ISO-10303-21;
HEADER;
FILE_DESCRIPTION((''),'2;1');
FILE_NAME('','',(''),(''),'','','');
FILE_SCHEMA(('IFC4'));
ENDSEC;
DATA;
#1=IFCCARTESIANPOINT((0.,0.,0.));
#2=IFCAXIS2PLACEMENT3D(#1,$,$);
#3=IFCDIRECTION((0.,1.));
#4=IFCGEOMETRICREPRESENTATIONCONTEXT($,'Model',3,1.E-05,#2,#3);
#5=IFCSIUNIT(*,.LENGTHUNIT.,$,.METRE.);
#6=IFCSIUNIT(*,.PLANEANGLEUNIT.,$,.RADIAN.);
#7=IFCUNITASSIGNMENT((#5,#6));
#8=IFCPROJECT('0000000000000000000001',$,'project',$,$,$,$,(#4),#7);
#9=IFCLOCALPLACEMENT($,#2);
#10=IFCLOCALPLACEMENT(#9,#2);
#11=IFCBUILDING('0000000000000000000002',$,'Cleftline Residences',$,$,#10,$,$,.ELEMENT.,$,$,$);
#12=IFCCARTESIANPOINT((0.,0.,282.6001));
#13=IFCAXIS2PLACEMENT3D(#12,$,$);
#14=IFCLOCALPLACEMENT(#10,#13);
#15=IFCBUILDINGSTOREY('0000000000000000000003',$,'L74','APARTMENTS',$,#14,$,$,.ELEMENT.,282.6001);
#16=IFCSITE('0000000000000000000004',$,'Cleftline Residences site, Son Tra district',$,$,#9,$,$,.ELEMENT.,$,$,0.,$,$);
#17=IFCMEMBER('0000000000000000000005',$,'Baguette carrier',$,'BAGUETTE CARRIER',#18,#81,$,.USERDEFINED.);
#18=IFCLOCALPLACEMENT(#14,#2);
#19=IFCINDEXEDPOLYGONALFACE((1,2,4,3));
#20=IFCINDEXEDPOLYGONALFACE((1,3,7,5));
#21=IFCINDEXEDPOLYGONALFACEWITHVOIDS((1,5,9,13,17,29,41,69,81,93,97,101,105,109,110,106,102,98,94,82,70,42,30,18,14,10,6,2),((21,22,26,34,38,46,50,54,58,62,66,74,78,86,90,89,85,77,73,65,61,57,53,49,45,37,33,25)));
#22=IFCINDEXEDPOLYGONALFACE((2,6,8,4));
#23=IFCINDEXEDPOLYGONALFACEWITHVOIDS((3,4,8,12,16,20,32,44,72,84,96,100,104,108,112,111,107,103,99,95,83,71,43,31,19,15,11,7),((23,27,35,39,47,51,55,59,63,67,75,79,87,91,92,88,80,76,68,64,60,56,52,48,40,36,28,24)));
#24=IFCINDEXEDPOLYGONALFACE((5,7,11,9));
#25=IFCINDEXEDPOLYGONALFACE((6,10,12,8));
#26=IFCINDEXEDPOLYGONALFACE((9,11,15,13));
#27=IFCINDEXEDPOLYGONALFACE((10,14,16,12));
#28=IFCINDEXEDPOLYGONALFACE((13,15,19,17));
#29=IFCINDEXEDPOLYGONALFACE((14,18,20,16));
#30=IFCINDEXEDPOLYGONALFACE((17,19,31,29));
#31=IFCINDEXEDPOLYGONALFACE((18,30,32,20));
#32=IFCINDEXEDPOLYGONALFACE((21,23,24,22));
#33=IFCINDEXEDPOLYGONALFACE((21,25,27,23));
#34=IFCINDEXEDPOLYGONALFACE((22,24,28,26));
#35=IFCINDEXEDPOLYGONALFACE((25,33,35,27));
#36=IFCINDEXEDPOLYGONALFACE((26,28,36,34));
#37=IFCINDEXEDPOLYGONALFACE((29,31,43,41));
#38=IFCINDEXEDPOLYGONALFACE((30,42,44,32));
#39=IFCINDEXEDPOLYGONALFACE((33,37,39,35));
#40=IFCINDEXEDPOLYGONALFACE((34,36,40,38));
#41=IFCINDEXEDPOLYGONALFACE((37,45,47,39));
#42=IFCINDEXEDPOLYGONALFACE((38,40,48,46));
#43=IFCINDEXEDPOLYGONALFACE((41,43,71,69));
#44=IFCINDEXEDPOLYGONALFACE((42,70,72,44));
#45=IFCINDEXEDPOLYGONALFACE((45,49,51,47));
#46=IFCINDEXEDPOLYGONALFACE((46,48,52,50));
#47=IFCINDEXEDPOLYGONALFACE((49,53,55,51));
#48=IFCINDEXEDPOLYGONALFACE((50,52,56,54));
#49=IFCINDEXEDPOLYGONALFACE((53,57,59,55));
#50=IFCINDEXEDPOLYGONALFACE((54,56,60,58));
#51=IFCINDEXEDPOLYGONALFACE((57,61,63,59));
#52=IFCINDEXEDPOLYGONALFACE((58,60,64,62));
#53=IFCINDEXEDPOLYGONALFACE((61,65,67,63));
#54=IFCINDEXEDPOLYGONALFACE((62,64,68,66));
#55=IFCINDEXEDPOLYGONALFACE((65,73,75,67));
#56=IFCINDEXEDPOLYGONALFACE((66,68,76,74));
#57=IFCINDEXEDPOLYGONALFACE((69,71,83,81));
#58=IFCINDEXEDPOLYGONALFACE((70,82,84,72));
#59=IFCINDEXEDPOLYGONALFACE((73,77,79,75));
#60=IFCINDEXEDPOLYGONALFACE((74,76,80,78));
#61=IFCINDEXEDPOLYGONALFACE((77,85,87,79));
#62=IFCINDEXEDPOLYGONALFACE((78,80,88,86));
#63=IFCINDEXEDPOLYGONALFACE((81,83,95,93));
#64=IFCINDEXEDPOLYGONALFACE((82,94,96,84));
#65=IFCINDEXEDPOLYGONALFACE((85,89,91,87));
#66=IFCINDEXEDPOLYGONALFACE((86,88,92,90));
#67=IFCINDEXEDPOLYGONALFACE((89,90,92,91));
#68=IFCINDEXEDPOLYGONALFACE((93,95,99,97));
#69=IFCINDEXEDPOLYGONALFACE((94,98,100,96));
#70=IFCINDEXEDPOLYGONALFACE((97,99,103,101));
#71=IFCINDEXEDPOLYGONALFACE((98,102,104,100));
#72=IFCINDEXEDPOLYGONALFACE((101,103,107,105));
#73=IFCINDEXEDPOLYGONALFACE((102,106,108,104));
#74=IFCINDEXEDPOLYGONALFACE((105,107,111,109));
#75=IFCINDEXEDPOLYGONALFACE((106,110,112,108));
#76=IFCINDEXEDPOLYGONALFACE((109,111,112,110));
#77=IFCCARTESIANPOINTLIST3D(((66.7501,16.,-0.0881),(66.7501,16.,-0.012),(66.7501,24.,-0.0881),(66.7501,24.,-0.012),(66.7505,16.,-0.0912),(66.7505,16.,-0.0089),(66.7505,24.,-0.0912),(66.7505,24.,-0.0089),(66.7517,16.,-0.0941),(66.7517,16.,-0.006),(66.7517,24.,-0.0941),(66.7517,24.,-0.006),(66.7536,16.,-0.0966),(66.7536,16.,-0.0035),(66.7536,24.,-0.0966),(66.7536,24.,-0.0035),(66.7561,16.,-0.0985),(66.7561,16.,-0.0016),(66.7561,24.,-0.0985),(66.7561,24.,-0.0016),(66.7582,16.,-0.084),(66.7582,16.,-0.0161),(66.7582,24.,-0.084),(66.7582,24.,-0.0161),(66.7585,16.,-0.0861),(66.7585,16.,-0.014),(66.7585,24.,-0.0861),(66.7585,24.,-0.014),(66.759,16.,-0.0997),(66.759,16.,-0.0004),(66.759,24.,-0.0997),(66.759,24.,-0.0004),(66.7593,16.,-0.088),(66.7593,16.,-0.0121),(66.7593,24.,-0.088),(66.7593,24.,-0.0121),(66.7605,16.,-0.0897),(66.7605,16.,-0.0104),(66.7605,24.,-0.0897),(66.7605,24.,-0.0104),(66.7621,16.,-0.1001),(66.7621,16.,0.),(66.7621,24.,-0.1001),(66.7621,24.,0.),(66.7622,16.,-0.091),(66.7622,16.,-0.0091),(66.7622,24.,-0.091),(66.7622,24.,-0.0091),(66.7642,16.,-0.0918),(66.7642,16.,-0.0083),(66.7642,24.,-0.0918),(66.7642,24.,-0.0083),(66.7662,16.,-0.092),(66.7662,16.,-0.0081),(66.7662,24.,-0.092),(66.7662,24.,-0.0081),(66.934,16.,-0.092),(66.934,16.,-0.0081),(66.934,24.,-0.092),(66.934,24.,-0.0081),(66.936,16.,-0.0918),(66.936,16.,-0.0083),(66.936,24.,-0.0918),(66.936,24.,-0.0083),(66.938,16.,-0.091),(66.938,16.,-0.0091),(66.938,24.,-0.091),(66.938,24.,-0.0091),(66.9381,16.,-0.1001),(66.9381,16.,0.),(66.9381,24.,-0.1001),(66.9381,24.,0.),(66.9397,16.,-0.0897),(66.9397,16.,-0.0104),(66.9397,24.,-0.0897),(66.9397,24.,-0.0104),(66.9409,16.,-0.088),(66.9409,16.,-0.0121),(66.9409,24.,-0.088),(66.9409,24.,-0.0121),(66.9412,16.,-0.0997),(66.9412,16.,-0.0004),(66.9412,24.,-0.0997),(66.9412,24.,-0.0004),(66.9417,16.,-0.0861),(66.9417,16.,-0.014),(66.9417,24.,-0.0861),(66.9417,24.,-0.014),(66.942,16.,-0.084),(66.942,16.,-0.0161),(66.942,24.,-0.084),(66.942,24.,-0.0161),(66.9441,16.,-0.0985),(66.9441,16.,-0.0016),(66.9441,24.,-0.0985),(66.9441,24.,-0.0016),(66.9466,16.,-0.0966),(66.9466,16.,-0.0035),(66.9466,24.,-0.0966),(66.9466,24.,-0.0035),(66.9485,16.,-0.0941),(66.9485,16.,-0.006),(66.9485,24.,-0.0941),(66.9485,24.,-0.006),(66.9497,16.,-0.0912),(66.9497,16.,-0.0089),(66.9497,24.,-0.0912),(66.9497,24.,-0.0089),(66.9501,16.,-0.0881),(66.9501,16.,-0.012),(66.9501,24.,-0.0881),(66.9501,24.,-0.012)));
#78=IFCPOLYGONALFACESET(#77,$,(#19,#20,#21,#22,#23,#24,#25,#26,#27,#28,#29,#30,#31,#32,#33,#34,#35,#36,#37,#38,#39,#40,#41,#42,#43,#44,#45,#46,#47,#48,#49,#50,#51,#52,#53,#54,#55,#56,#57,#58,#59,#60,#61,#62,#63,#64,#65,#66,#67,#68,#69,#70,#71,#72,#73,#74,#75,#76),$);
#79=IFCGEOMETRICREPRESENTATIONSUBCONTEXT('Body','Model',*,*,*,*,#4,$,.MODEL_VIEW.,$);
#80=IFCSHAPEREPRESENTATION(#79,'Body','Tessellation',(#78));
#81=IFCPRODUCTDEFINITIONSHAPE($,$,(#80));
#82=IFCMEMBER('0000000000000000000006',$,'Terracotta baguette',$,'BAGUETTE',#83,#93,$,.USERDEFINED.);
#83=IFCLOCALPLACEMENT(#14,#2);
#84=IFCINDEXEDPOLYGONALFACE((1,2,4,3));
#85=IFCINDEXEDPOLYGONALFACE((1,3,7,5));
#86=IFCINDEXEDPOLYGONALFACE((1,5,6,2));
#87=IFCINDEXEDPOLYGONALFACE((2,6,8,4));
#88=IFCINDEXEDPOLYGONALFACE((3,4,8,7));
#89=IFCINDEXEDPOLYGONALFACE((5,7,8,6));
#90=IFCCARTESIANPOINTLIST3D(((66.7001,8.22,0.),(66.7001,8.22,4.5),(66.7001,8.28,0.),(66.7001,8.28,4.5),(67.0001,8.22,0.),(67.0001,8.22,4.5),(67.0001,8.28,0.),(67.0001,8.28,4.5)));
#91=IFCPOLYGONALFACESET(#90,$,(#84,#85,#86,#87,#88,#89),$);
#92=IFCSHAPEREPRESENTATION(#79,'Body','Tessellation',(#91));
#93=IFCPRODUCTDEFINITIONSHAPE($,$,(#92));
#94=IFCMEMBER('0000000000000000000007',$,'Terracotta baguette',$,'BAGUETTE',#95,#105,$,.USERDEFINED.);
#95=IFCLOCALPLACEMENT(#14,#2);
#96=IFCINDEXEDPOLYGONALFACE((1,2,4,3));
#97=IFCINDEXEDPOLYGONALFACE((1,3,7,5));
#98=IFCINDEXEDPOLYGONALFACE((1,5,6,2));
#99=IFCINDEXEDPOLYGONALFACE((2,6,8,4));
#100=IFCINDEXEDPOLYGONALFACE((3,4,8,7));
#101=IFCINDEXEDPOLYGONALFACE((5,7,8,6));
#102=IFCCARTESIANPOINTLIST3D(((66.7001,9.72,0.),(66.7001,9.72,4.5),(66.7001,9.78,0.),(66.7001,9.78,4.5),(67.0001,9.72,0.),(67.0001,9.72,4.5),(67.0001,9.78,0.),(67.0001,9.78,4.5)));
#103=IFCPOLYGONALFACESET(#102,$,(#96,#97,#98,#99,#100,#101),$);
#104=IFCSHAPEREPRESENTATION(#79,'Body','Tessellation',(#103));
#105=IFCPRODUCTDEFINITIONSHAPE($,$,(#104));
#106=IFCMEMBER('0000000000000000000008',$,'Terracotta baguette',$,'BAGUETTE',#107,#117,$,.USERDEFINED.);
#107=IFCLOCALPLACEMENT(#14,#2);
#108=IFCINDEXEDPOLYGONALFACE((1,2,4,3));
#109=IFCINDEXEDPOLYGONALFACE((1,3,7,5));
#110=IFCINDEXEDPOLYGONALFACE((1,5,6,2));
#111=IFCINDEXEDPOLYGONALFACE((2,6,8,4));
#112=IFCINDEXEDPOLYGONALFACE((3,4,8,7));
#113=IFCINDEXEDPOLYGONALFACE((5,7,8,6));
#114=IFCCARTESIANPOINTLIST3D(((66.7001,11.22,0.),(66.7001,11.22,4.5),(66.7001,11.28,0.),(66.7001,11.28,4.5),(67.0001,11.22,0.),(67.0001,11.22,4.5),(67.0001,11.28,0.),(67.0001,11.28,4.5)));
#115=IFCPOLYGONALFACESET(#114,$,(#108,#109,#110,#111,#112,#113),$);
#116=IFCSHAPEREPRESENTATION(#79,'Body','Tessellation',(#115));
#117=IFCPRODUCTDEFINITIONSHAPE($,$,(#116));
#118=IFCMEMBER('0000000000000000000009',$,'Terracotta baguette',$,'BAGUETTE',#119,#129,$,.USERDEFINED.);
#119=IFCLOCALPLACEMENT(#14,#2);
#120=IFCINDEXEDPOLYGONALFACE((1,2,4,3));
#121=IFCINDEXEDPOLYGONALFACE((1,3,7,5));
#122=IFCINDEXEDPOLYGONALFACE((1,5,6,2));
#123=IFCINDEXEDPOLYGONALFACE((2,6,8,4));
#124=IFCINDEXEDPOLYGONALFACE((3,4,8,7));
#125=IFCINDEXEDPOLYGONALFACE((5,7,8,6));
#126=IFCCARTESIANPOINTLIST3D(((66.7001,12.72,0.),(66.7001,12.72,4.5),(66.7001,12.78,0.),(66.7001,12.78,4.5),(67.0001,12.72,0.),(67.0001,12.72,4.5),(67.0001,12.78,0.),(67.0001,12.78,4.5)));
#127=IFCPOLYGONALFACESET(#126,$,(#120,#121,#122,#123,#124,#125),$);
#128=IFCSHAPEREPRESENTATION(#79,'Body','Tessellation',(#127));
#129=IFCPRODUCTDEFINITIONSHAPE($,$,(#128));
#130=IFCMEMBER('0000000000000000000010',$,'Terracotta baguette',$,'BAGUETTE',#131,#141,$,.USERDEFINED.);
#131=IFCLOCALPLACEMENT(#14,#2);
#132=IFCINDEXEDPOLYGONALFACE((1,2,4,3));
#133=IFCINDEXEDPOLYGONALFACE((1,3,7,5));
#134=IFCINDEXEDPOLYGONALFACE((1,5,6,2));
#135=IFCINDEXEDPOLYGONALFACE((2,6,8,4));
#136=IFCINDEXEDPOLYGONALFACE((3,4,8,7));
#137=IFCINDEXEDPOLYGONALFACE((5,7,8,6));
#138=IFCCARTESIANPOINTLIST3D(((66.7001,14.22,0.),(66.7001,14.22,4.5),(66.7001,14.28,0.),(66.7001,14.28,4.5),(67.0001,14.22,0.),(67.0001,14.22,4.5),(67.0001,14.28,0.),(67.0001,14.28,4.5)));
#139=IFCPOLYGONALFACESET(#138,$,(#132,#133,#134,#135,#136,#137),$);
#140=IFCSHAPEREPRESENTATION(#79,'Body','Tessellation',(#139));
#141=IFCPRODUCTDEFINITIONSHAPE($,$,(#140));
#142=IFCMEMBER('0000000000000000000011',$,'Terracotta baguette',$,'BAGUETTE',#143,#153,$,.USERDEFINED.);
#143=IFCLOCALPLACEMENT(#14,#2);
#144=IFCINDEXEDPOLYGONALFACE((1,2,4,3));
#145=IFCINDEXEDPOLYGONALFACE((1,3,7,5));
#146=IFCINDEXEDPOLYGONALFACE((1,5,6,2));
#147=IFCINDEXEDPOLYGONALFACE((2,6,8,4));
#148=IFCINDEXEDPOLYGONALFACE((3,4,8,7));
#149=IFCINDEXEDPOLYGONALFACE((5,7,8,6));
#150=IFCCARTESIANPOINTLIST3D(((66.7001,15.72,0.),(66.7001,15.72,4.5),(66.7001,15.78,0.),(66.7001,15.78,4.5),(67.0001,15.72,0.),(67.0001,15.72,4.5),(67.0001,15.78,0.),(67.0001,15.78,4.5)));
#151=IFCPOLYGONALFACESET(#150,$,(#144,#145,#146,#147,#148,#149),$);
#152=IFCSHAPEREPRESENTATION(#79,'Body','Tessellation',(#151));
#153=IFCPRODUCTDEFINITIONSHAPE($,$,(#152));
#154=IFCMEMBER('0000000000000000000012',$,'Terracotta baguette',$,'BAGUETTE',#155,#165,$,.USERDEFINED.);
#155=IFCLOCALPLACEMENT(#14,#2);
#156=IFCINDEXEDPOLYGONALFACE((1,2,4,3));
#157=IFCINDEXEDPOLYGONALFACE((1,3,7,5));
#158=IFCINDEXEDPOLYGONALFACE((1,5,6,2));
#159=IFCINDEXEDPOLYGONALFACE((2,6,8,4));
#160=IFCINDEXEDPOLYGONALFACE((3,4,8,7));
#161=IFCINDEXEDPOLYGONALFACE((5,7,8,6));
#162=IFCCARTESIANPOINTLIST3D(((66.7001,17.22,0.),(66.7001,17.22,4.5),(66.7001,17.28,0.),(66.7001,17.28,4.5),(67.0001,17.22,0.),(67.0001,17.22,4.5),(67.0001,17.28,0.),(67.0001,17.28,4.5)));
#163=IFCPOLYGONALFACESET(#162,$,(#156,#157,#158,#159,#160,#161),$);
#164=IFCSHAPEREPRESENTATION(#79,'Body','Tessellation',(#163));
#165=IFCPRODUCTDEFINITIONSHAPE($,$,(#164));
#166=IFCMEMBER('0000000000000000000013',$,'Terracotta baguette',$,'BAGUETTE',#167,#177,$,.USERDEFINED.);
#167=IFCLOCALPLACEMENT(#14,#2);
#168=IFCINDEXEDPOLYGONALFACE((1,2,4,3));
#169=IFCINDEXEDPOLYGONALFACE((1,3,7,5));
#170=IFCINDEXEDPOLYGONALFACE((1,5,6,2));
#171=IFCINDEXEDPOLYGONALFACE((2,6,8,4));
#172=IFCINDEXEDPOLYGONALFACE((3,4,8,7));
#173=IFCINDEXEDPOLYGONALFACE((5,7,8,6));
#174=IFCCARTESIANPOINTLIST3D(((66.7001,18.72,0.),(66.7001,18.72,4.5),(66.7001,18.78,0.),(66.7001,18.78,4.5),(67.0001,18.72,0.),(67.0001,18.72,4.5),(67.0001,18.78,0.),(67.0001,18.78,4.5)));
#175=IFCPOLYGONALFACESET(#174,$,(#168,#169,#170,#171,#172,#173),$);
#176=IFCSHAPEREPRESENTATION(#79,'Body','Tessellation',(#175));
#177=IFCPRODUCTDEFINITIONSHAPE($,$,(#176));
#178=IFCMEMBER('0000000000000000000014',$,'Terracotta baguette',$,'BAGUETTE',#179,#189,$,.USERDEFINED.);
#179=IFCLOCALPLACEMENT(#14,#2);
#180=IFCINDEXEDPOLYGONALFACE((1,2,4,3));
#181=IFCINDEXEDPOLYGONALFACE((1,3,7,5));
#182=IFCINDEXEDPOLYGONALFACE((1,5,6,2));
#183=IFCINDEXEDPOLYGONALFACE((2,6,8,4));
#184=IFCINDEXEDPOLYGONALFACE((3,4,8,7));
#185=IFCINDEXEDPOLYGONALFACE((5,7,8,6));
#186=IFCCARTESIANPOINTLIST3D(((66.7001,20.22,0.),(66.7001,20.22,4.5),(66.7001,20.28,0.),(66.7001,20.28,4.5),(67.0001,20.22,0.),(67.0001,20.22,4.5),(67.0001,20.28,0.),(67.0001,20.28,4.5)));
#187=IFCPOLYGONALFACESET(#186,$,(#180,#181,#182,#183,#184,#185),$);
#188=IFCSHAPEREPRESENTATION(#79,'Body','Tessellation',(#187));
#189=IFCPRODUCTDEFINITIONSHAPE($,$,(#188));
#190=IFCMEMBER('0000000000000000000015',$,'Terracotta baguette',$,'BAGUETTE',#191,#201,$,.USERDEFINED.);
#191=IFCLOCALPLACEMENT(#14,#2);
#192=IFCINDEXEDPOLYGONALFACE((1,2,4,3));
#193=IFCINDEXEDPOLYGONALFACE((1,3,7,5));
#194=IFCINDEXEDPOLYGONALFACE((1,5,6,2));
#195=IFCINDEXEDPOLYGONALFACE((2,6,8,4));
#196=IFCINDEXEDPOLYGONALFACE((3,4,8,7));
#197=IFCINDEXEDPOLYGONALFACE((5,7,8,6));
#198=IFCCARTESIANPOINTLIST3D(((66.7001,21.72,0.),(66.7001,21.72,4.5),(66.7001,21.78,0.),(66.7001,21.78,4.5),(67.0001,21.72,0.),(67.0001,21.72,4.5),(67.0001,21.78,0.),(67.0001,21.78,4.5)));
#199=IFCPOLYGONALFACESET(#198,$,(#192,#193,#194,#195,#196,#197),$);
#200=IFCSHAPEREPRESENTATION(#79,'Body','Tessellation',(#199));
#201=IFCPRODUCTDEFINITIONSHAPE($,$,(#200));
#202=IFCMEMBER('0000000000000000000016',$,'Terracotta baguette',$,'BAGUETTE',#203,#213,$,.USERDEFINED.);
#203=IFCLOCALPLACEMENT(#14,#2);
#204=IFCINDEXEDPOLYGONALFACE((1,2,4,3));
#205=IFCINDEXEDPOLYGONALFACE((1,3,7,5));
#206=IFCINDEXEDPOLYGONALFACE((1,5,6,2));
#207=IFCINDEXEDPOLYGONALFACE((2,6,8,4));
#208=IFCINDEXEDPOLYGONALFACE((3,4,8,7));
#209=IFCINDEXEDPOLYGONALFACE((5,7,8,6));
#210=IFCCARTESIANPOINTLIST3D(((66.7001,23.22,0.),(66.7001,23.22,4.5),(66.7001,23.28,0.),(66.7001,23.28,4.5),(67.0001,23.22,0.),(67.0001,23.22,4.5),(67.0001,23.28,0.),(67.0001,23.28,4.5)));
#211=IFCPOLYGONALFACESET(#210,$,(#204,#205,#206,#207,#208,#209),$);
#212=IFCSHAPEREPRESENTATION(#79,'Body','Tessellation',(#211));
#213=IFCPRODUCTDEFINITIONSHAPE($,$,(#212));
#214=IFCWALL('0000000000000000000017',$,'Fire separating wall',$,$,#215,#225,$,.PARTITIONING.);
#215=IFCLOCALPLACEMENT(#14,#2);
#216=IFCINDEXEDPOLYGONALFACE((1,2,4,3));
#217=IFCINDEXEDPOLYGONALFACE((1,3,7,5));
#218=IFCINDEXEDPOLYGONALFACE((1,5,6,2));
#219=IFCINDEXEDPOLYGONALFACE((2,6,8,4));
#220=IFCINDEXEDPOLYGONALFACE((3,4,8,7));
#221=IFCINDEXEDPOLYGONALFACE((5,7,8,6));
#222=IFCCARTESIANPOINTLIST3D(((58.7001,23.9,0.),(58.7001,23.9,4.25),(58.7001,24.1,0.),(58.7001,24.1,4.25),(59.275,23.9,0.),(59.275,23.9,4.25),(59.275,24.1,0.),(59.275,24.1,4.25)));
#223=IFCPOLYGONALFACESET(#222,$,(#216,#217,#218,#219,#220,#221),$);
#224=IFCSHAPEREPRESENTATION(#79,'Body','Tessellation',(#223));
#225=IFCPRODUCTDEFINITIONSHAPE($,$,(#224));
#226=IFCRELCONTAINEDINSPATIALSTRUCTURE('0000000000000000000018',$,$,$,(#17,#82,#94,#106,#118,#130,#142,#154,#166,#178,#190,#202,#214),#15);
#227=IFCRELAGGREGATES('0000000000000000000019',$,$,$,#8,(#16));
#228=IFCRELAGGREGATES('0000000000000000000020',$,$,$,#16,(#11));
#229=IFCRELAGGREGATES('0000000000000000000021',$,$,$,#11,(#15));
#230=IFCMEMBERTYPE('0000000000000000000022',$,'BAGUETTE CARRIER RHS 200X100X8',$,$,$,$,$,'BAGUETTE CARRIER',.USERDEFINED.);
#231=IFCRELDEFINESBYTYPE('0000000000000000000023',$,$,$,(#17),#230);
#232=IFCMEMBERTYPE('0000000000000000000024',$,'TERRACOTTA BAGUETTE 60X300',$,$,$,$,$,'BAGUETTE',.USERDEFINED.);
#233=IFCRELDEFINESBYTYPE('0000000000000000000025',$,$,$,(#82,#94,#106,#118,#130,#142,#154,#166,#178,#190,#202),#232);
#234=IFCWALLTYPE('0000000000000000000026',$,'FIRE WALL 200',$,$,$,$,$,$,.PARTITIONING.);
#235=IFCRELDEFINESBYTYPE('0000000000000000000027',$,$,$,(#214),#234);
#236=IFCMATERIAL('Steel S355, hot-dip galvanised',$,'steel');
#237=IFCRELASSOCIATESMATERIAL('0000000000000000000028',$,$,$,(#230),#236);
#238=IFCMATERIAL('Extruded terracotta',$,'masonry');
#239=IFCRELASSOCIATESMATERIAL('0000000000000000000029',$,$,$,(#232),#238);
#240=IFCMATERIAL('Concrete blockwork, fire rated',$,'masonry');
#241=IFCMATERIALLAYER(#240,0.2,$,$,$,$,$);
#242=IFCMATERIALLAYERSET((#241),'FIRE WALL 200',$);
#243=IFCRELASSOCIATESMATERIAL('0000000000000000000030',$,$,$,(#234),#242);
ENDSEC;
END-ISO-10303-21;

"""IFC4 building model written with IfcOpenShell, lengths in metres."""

from ifc_helpers import new_model, si_unit, direction, frame, frame_2d, origin, origin_2d, place, context, subcontext, project, spatial, rectangle, hollow_rectangle, extrude, material, layer, layer_set, material_profile, profile_set, type_object, element, save


model = new_model("IFC4")

# Units and contexts
model_context = context("Model", 3, precision=1e-05, world=origin(), true_north=direction((0.0, 1.0)))
body_context = subcontext(model_context, "Body", "Model", "MODEL_VIEW")
ifc_project = project(units=[si_unit("LENGTHUNIT", "METRE"), si_unit("PLANEANGLEUNIT", "RADIAN")], contexts=[model_context])

# Site, building, storey
site_placement = place(None, origin())
site = spatial("IfcSite", under=ifc_project, at=site_placement, Name="Cleftline Residences site, Son Tra district", CompositionType="ELEMENT", RefElevation=0.0)
building_placement = place(site_placement, origin())
building = spatial("IfcBuilding", under=site, at=building_placement, Name="Cleftline Residences", CompositionType="ELEMENT")
storey_placement = place(building_placement, frame((0.0, 0.0, 282.6001)))
storey = spatial("IfcBuildingStorey", under=building, at=storey_placement, Name="L74", Description="APARTMENTS", CompositionType="ELEMENT", Elevation=282.6001)

# Members
ifc_material_1 = material(Name="Steel S355, hot-dip galvanised", Category="steel")
ifc_material_profile_1 = material_profile(ifc_material_1, hollow_rectangle(XDim=0.1001, YDim=0.2, WallThickness=0.0081, InnerFilletRadius=0.0081, OuterFilletRadius=0.012, at=origin_2d()))
ifc_profile_set_1 = profile_set([ifc_material_profile_1], Name="Steel S355, hot-dip galvanised")
member_type_1 = type_object("IfcMemberType", Name="BAGUETTE CARRIER RHS 200X100X8", ElementType="BAGUETTE CARRIER", PredefinedType="USERDEFINED", material=ifc_profile_set_1)
member_placement = place(storey_placement, frame((66.8501, 16.0, -0.05), z_axis=(0.0, 1.0, 0.0), x_axis=(0.0, 0.0, 1.0)))
element("IfcMember", 1, at=member_placement, inside=storey, type_object=member_type_1, Name="Baguette carrier", ObjectType="BAGUETTE CARRIER", PredefinedType="USERDEFINED", context=body_context, shape_type="SweptSolid", body=[
    extrude(hollow_rectangle(XDim=0.1001, YDim=0.2, WallThickness=0.0081, InnerFilletRadius=0.0081, OuterFilletRadius=0.012, at=origin_2d()), origin(), (0.0, 0.0, 1.0), 8.0),
])
ifc_material_2 = material(Name="Extruded terracotta", Category="masonry")
ifc_material_profile_2 = material_profile(ifc_material_2, rectangle(XDim=0.0601, YDim=0.3, at=origin_2d()))
ifc_profile_set_2 = profile_set([ifc_material_profile_2], Name="Extruded terracotta")
member_type_2 = type_object("IfcMemberType", Name="TERRACOTTA BAGUETTE 60X300", ElementType="BAGUETTE", PredefinedType="USERDEFINED", material=ifc_profile_set_2)
for number, where, z_axis, x_axis, name in (
    (2, (66.8501, 8.25, 0.0), (0.0, 0.0, 1.0), (0.0, 1.0, 0.0), "Terracotta baguette"),
    (3, (66.8501, 9.75, 0.0), (0.0, 0.0, 1.0), (0.0, 1.0, 0.0), "Terracotta baguette"),
    (4, (66.8501, 11.25, 0.0), (0.0, 0.0, 1.0), (0.0, 1.0, 0.0), "Terracotta baguette"),
    (5, (66.8501, 12.75, 0.0), (0.0, 0.0, 1.0), (0.0, 1.0, 0.0), "Terracotta baguette"),
    (6, (66.8501, 14.25, 0.0), (0.0, 0.0, 1.0), (0.0, 1.0, 0.0), "Terracotta baguette"),
    (7, (66.8501, 15.75, 0.0), (0.0, 0.0, 1.0), (0.0, 1.0, 0.0), "Terracotta baguette"),
    (8, (66.8501, 17.25, 0.0), (0.0, 0.0, 1.0), (0.0, 1.0, 0.0), "Terracotta baguette"),
    (9, (66.8501, 18.75, 0.0), (0.0, 0.0, 1.0), (0.0, 1.0, 0.0), "Terracotta baguette"),
    (10, (66.8501, 20.25, 0.0), (0.0, 0.0, 1.0), (0.0, 1.0, 0.0), "Terracotta baguette"),
    (11, (66.8501, 21.75, 0.0), (0.0, 0.0, 1.0), (0.0, 1.0, 0.0), "Terracotta baguette"),
    (12, (66.8501, 23.25, 0.0), (0.0, 0.0, 1.0), (0.0, 1.0, 0.0), "Terracotta baguette"),
):
    element("IfcMember", number, at=place(storey_placement, frame(where, z_axis=z_axis, x_axis=x_axis)), inside=storey, type_object=member_type_2, Name=name, ObjectType="BAGUETTE", PredefinedType="USERDEFINED", context=body_context, shape_type="SweptSolid", body=[
        extrude(rectangle(XDim=0.0601, YDim=0.3, at=origin_2d()), origin(), (0.0, 0.0, 1.0), 4.5),
    ])

# Wall
ifc_material_3 = material(Name="Concrete blockwork, fire rated", Category="masonry")
ifc_layer_1 = layer(ifc_material_3, 0.2)
ifc_layer_set_1 = layer_set([ifc_layer_1], Name="FIRE WALL 200")
wall_type_1 = type_object("IfcWallType", Name="FIRE WALL 200", PredefinedType="PARTITIONING", material=ifc_layer_set_1)
wall_1_placement = place(storey_placement, frame((58.7, 24.0, 0.0), z_axis=(0.0, 0.0, 1.0), x_axis=(1.0, 0.0, 0.0)))
element("IfcWall", 13, at=wall_1_placement, inside=storey, type_object=wall_type_1, Name="Fire separating wall", PredefinedType="PARTITIONING", context=body_context, shape_type="SweptSolid", body=[
    extrude(rectangle(XDim=0.575, YDim=0.2, at=frame_2d((0.2876, 0.0))), origin(), (0.0, 0.0, 1.0), 4.25),
])

save(model, "model.ifc")
